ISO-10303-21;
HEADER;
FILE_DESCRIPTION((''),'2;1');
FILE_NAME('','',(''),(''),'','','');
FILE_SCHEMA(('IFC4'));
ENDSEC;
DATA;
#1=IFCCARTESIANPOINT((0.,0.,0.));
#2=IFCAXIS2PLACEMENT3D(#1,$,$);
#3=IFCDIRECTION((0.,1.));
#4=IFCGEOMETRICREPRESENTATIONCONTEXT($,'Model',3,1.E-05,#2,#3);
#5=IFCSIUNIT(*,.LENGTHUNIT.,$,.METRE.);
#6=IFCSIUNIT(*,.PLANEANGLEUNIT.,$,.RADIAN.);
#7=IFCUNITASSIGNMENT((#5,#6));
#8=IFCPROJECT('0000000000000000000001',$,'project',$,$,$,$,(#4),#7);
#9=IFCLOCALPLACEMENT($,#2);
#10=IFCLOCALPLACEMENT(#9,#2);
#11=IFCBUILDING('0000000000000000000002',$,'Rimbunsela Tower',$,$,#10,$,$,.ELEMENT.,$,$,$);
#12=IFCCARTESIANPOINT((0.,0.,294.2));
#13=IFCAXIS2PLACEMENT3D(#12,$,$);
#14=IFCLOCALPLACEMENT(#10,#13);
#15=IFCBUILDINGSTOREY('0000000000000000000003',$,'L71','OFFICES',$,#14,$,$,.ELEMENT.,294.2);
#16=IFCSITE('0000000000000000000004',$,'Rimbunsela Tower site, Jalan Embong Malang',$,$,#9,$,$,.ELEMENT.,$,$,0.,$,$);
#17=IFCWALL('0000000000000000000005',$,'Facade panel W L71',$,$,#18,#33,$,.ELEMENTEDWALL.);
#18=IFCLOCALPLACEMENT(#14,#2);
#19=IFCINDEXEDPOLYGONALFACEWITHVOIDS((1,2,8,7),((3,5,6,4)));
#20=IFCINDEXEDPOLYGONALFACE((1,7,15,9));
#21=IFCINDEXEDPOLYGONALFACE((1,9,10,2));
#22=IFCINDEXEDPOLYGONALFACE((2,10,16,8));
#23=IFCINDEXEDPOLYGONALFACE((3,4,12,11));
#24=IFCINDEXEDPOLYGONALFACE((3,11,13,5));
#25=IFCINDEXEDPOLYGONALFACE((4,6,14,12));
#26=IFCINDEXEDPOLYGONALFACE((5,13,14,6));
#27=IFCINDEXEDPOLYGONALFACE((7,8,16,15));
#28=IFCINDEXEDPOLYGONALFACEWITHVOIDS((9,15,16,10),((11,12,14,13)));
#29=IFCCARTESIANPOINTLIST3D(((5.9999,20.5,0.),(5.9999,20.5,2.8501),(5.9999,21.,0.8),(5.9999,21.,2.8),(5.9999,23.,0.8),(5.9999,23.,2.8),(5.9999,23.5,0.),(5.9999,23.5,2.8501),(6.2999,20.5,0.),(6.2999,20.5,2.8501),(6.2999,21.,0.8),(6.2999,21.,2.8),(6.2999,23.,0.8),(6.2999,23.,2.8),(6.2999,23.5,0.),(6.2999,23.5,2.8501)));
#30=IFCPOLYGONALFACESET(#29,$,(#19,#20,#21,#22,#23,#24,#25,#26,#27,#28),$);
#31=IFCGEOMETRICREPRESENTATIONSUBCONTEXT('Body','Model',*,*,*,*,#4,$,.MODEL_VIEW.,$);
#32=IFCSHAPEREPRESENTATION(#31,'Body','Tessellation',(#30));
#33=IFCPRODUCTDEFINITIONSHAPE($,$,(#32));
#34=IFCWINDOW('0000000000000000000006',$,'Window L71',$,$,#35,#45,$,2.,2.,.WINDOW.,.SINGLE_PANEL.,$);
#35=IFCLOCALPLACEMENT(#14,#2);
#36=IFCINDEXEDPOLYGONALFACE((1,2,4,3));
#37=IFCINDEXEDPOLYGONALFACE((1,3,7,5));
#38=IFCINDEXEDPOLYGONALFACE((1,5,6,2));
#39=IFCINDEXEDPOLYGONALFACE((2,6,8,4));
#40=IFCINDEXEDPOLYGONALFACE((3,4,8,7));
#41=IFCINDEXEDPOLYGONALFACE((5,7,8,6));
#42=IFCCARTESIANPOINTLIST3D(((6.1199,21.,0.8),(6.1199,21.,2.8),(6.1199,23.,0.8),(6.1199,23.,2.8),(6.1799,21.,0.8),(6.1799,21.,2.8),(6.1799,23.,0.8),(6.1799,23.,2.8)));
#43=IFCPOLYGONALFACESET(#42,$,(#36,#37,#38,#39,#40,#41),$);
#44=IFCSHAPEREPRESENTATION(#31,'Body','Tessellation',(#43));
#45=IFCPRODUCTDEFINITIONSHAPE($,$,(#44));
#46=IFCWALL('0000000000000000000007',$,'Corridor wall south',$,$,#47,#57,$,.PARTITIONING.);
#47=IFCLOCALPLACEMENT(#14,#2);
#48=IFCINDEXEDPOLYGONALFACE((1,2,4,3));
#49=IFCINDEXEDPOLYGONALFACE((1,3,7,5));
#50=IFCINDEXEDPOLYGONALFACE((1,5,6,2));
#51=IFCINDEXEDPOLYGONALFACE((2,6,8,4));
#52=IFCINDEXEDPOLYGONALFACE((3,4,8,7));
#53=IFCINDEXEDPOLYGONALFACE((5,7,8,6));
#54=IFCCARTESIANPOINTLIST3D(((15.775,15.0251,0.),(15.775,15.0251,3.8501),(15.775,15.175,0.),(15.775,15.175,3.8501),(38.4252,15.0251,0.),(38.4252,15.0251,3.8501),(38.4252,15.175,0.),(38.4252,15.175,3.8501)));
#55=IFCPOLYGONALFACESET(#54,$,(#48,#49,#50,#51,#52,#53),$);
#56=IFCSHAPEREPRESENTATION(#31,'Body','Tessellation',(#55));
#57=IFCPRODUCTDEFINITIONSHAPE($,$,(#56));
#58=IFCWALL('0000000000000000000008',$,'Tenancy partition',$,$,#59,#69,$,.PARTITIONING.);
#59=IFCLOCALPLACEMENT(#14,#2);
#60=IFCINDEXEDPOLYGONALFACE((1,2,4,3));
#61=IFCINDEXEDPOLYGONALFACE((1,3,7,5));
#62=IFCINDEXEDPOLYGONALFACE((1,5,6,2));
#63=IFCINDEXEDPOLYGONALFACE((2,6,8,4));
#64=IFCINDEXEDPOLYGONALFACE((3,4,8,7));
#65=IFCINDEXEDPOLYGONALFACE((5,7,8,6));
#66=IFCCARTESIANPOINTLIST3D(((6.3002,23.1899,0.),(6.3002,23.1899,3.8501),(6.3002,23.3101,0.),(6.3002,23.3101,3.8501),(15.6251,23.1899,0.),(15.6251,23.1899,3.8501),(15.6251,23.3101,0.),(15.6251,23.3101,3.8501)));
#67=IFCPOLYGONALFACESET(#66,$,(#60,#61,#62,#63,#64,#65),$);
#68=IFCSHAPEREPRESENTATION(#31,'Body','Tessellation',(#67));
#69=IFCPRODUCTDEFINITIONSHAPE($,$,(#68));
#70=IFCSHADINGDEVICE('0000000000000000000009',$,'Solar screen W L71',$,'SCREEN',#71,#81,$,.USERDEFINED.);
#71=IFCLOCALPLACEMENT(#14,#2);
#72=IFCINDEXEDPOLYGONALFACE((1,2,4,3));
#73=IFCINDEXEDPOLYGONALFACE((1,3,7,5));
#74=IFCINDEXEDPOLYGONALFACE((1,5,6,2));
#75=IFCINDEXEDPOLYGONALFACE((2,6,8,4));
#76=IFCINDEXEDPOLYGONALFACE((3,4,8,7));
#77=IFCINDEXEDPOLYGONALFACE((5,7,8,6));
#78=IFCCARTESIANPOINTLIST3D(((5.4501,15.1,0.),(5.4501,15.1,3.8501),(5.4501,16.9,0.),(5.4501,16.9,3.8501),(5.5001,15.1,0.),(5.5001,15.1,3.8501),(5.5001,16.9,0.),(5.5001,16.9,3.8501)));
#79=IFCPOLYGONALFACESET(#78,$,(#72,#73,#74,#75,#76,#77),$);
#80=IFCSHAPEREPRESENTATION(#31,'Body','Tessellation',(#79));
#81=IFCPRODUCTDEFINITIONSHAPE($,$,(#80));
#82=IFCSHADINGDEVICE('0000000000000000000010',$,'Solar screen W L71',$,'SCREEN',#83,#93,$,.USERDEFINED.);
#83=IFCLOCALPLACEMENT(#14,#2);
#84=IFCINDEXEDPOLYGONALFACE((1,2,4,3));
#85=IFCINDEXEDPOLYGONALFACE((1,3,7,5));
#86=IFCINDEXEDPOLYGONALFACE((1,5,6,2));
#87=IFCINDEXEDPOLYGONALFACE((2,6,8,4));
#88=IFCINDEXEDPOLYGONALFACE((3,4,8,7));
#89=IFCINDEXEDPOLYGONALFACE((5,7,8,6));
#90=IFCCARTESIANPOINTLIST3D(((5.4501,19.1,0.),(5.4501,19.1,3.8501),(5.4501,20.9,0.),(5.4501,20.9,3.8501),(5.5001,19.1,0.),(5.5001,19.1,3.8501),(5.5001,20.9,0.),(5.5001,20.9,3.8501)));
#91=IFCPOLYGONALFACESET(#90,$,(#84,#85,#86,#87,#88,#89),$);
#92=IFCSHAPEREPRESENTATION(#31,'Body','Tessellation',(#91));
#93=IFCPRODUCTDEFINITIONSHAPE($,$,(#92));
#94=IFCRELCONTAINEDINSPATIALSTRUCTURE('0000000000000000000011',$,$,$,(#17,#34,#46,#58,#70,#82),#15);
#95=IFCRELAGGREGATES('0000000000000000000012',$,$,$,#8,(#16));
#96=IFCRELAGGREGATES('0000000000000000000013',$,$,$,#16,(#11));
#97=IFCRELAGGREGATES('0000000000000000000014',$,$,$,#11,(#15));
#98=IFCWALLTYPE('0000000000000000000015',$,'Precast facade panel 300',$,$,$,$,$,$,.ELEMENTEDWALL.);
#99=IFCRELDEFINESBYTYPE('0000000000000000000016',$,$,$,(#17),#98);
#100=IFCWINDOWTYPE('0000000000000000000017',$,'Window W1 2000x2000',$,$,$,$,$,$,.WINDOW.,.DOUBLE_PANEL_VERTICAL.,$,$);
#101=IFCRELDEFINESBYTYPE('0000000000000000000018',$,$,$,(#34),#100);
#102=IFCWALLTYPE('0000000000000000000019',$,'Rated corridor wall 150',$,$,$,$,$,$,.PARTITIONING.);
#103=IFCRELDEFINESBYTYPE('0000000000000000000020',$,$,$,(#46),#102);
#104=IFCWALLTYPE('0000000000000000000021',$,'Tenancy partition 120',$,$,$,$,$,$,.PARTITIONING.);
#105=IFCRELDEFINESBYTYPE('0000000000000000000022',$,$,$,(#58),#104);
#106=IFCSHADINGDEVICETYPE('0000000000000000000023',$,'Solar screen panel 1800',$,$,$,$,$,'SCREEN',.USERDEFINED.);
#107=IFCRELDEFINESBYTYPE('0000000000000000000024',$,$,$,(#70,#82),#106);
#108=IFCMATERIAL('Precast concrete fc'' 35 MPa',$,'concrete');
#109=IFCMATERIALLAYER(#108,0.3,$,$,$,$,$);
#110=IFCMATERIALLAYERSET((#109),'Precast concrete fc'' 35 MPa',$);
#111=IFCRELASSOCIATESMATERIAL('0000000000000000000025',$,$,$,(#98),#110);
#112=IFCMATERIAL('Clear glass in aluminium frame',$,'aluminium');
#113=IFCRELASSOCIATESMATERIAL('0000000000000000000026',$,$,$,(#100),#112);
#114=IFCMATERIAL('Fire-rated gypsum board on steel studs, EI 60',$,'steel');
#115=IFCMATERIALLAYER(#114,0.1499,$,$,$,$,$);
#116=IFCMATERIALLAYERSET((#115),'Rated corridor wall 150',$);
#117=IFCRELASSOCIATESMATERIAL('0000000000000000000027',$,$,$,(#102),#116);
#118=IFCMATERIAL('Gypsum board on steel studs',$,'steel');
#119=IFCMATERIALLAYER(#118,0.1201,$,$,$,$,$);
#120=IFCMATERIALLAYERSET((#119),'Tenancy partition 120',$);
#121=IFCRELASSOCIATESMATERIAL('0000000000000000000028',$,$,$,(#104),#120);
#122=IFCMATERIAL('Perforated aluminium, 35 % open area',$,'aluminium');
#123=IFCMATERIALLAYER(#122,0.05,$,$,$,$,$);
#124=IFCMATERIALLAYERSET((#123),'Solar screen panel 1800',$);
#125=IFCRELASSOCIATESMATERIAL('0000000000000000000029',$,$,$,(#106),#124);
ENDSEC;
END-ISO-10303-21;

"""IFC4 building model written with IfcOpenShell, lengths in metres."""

from ifc_helpers import new_model, si_unit, direction, frame, frame_2d, origin, origin_2d, place, context, subcontext, project, spatial, rectangle, extrude, material, layer, layer_set, type_object, element, fill, save


model = new_model("IFC4")

# Units and contexts
model_context = context("Model", 3, precision=1e-05, world=origin(), true_north=direction((0.0, 1.0)))
body_context = subcontext(model_context, "Body", "Model", "MODEL_VIEW")
ifc_project = project(units=[si_unit("LENGTHUNIT", "METRE"), si_unit("PLANEANGLEUNIT", "RADIAN")], contexts=[model_context])

# Site, building, storey
site_placement = place(None, origin())
site = spatial("IfcSite", under=ifc_project, at=site_placement, Name="Rimbunsela Tower site, Jalan Embong Malang", CompositionType="ELEMENT", RefElevation=0.0)
building_placement = place(site_placement, origin())
building = spatial("IfcBuilding", under=site, at=building_placement, Name="Rimbunsela Tower", CompositionType="ELEMENT")
storey_placement = place(building_placement, frame((0.0, 0.0, 294.2)))
storey = spatial("IfcBuildingStorey", under=building, at=storey_placement, Name="L71", Description="OFFICES", CompositionType="ELEMENT", Elevation=294.2)

# Wall, opening, window
ifc_material_1 = material(Name="Precast concrete fc' 35 MPa", Category="concrete")
ifc_layer_1 = layer(ifc_material_1, 0.3)
ifc_layer_set_1 = layer_set([ifc_layer_1], Name="Precast concrete fc' 35 MPa")
wall_type_1 = type_object("IfcWallType", Name="Precast facade panel 300", PredefinedType="ELEMENTEDWALL", material=ifc_layer_set_1)
ifc_material_2 = material(Name="Clear glass in aluminium frame", Category="aluminium")
window_type = type_object("IfcWindowType", Name="Window W1 2000x2000", PartitioningType="DOUBLE_PANEL_VERTICAL", PredefinedType="WINDOW", material=ifc_material_2)
wall_1_placement = place(storey_placement, frame((6.1499, 23.5, 0.0), z_axis=(0.0, 0.0, 1.0), x_axis=(0.0, -1.0, 0.0)))
wall_1 = element("IfcWall", 1, at=wall_1_placement, inside=storey, type_object=wall_type_1, Name="Facade panel W L71", PredefinedType="ELEMENTEDWALL", context=body_context, shape_type="SweptSolid", body=[
    extrude(rectangle(XDim=3.0, YDim=0.3, at=frame_2d((1.5, 0.0))), origin(), (0.0, 0.0, 1.0), 2.8501),
])
opening_1_placement = place(wall_1_placement, frame((0.5, 0.0, 0.8)))
opening_1 = element("IfcOpeningElement", 2, at=opening_1_placement, cuts=wall_1, PredefinedType="OPENING", context=body_context, shape_type="SweptSolid", body=[
    extrude(rectangle(XDim=2.0, YDim=2.0, at=frame_2d((1.0, 1.0))), frame((0.0, 0.1599, 0.0), z_axis=(0.0, -1.0, 0.0), x_axis=(1.0, 0.0, 0.0)), (0.0, 0.0, 1.0), 0.3201),
])
window_1_placement = place(opening_1_placement, origin())
window_1 = element("IfcWindow", 3, at=window_1_placement, inside=storey, type_object=window_type, Name="Window L71", OverallHeight=2.0, OverallWidth=2.0, PartitioningType="SINGLE_PANEL", PredefinedType="WINDOW", context=body_context, shape_type="SweptSolid", body=[
    extrude(rectangle(XDim=2.0, YDim=2.0, at=frame_2d((1.0, 1.0))), frame((0.0, 0.03, 0.0), z_axis=(0.0, -1.0, 0.0), x_axis=(1.0, 0.0, 0.0)), (0.0, 0.0, 1.0), 0.0601),
])
fill(opening_1, window_1)

# Walls
ifc_material_3 = material(Name="Fire-rated gypsum board on steel studs, EI 60", Category="steel")
ifc_layer_2 = layer(ifc_material_3, 0.1499)
ifc_layer_set_2 = layer_set([ifc_layer_2], Name="Rated corridor wall 150")
wall_type_2 = type_object("IfcWallType", Name="Rated corridor wall 150", PredefinedType="PARTITIONING", material=ifc_layer_set_2)
wall_2_placement = place(storey_placement, frame((15.7749, 15.1001, 0.0), z_axis=(0.0, 0.0, 1.0), x_axis=(1.0, 0.0, 0.0)))
element("IfcWall", 4, at=wall_2_placement, inside=storey, type_object=wall_type_2, Name="Corridor wall south", PredefinedType="PARTITIONING", context=body_context, shape_type="SweptSolid", body=[
    extrude(rectangle(XDim=22.6501, YDim=0.1499, at=frame_2d((11.3252, 0.0))), origin(), (0.0, 0.0, 1.0), 3.8501),
])
ifc_material_4 = material(Name="Gypsum board on steel studs", Category="steel")
ifc_layer_3 = layer(ifc_material_4, 0.1201)
ifc_layer_set_3 = layer_set([ifc_layer_3], Name="Tenancy partition 120")
wall_type_3 = type_object("IfcWallType", Name="Tenancy partition 120", PredefinedType="PARTITIONING", material=ifc_layer_set_3)
wall_3_placement = place(storey_placement, frame((6.3, 23.25, 0.0), z_axis=(0.0, 0.0, 1.0), x_axis=(1.0, 0.0, 0.0)))
element("IfcWall", 5, at=wall_3_placement, inside=storey, type_object=wall_type_3, Name="Tenancy partition", PredefinedType="PARTITIONING", context=body_context, shape_type="SweptSolid", body=[
    extrude(rectangle(XDim=9.325, YDim=0.1201, at=frame_2d((4.6626, 0.0))), origin(), (0.0, 0.0, 1.0), 3.8501),
])

# Shading devices
ifc_material_5 = material(Name="Perforated aluminium, 35 % open area", Category="aluminium")
ifc_layer_4 = layer(ifc_material_5, 0.05)
ifc_layer_set_4 = layer_set([ifc_layer_4], Name="Solar screen panel 1800")
shading_device_type = type_object("IfcShadingDeviceType", Name="Solar screen panel 1800", ElementType="SCREEN", PredefinedType="USERDEFINED", material=ifc_layer_set_4)
for number, where, z_axis, x_axis, name in (
    (6, (5.4751, 16.0, 0.0), (0.0, 0.0, 1.0), (0.0, 1.0, 0.0), "Solar screen W L71"),
    (7, (5.4751, 20.0, 0.0), (0.0, 0.0, 1.0), (0.0, 1.0, 0.0), "Solar screen W L71"),
):
    element("IfcShadingDevice", number, at=place(storey_placement, frame(where, z_axis=z_axis, x_axis=x_axis)), inside=storey, type_object=shading_device_type, Name=name, ObjectType="SCREEN", PredefinedType="USERDEFINED", context=body_context, shape_type="SweptSolid", body=[
        extrude(rectangle(XDim=1.8, YDim=0.05, at=origin_2d()), origin(), (0.0, 0.0, 1.0), 3.8501),
    ])

save(model, "model.ifc")
